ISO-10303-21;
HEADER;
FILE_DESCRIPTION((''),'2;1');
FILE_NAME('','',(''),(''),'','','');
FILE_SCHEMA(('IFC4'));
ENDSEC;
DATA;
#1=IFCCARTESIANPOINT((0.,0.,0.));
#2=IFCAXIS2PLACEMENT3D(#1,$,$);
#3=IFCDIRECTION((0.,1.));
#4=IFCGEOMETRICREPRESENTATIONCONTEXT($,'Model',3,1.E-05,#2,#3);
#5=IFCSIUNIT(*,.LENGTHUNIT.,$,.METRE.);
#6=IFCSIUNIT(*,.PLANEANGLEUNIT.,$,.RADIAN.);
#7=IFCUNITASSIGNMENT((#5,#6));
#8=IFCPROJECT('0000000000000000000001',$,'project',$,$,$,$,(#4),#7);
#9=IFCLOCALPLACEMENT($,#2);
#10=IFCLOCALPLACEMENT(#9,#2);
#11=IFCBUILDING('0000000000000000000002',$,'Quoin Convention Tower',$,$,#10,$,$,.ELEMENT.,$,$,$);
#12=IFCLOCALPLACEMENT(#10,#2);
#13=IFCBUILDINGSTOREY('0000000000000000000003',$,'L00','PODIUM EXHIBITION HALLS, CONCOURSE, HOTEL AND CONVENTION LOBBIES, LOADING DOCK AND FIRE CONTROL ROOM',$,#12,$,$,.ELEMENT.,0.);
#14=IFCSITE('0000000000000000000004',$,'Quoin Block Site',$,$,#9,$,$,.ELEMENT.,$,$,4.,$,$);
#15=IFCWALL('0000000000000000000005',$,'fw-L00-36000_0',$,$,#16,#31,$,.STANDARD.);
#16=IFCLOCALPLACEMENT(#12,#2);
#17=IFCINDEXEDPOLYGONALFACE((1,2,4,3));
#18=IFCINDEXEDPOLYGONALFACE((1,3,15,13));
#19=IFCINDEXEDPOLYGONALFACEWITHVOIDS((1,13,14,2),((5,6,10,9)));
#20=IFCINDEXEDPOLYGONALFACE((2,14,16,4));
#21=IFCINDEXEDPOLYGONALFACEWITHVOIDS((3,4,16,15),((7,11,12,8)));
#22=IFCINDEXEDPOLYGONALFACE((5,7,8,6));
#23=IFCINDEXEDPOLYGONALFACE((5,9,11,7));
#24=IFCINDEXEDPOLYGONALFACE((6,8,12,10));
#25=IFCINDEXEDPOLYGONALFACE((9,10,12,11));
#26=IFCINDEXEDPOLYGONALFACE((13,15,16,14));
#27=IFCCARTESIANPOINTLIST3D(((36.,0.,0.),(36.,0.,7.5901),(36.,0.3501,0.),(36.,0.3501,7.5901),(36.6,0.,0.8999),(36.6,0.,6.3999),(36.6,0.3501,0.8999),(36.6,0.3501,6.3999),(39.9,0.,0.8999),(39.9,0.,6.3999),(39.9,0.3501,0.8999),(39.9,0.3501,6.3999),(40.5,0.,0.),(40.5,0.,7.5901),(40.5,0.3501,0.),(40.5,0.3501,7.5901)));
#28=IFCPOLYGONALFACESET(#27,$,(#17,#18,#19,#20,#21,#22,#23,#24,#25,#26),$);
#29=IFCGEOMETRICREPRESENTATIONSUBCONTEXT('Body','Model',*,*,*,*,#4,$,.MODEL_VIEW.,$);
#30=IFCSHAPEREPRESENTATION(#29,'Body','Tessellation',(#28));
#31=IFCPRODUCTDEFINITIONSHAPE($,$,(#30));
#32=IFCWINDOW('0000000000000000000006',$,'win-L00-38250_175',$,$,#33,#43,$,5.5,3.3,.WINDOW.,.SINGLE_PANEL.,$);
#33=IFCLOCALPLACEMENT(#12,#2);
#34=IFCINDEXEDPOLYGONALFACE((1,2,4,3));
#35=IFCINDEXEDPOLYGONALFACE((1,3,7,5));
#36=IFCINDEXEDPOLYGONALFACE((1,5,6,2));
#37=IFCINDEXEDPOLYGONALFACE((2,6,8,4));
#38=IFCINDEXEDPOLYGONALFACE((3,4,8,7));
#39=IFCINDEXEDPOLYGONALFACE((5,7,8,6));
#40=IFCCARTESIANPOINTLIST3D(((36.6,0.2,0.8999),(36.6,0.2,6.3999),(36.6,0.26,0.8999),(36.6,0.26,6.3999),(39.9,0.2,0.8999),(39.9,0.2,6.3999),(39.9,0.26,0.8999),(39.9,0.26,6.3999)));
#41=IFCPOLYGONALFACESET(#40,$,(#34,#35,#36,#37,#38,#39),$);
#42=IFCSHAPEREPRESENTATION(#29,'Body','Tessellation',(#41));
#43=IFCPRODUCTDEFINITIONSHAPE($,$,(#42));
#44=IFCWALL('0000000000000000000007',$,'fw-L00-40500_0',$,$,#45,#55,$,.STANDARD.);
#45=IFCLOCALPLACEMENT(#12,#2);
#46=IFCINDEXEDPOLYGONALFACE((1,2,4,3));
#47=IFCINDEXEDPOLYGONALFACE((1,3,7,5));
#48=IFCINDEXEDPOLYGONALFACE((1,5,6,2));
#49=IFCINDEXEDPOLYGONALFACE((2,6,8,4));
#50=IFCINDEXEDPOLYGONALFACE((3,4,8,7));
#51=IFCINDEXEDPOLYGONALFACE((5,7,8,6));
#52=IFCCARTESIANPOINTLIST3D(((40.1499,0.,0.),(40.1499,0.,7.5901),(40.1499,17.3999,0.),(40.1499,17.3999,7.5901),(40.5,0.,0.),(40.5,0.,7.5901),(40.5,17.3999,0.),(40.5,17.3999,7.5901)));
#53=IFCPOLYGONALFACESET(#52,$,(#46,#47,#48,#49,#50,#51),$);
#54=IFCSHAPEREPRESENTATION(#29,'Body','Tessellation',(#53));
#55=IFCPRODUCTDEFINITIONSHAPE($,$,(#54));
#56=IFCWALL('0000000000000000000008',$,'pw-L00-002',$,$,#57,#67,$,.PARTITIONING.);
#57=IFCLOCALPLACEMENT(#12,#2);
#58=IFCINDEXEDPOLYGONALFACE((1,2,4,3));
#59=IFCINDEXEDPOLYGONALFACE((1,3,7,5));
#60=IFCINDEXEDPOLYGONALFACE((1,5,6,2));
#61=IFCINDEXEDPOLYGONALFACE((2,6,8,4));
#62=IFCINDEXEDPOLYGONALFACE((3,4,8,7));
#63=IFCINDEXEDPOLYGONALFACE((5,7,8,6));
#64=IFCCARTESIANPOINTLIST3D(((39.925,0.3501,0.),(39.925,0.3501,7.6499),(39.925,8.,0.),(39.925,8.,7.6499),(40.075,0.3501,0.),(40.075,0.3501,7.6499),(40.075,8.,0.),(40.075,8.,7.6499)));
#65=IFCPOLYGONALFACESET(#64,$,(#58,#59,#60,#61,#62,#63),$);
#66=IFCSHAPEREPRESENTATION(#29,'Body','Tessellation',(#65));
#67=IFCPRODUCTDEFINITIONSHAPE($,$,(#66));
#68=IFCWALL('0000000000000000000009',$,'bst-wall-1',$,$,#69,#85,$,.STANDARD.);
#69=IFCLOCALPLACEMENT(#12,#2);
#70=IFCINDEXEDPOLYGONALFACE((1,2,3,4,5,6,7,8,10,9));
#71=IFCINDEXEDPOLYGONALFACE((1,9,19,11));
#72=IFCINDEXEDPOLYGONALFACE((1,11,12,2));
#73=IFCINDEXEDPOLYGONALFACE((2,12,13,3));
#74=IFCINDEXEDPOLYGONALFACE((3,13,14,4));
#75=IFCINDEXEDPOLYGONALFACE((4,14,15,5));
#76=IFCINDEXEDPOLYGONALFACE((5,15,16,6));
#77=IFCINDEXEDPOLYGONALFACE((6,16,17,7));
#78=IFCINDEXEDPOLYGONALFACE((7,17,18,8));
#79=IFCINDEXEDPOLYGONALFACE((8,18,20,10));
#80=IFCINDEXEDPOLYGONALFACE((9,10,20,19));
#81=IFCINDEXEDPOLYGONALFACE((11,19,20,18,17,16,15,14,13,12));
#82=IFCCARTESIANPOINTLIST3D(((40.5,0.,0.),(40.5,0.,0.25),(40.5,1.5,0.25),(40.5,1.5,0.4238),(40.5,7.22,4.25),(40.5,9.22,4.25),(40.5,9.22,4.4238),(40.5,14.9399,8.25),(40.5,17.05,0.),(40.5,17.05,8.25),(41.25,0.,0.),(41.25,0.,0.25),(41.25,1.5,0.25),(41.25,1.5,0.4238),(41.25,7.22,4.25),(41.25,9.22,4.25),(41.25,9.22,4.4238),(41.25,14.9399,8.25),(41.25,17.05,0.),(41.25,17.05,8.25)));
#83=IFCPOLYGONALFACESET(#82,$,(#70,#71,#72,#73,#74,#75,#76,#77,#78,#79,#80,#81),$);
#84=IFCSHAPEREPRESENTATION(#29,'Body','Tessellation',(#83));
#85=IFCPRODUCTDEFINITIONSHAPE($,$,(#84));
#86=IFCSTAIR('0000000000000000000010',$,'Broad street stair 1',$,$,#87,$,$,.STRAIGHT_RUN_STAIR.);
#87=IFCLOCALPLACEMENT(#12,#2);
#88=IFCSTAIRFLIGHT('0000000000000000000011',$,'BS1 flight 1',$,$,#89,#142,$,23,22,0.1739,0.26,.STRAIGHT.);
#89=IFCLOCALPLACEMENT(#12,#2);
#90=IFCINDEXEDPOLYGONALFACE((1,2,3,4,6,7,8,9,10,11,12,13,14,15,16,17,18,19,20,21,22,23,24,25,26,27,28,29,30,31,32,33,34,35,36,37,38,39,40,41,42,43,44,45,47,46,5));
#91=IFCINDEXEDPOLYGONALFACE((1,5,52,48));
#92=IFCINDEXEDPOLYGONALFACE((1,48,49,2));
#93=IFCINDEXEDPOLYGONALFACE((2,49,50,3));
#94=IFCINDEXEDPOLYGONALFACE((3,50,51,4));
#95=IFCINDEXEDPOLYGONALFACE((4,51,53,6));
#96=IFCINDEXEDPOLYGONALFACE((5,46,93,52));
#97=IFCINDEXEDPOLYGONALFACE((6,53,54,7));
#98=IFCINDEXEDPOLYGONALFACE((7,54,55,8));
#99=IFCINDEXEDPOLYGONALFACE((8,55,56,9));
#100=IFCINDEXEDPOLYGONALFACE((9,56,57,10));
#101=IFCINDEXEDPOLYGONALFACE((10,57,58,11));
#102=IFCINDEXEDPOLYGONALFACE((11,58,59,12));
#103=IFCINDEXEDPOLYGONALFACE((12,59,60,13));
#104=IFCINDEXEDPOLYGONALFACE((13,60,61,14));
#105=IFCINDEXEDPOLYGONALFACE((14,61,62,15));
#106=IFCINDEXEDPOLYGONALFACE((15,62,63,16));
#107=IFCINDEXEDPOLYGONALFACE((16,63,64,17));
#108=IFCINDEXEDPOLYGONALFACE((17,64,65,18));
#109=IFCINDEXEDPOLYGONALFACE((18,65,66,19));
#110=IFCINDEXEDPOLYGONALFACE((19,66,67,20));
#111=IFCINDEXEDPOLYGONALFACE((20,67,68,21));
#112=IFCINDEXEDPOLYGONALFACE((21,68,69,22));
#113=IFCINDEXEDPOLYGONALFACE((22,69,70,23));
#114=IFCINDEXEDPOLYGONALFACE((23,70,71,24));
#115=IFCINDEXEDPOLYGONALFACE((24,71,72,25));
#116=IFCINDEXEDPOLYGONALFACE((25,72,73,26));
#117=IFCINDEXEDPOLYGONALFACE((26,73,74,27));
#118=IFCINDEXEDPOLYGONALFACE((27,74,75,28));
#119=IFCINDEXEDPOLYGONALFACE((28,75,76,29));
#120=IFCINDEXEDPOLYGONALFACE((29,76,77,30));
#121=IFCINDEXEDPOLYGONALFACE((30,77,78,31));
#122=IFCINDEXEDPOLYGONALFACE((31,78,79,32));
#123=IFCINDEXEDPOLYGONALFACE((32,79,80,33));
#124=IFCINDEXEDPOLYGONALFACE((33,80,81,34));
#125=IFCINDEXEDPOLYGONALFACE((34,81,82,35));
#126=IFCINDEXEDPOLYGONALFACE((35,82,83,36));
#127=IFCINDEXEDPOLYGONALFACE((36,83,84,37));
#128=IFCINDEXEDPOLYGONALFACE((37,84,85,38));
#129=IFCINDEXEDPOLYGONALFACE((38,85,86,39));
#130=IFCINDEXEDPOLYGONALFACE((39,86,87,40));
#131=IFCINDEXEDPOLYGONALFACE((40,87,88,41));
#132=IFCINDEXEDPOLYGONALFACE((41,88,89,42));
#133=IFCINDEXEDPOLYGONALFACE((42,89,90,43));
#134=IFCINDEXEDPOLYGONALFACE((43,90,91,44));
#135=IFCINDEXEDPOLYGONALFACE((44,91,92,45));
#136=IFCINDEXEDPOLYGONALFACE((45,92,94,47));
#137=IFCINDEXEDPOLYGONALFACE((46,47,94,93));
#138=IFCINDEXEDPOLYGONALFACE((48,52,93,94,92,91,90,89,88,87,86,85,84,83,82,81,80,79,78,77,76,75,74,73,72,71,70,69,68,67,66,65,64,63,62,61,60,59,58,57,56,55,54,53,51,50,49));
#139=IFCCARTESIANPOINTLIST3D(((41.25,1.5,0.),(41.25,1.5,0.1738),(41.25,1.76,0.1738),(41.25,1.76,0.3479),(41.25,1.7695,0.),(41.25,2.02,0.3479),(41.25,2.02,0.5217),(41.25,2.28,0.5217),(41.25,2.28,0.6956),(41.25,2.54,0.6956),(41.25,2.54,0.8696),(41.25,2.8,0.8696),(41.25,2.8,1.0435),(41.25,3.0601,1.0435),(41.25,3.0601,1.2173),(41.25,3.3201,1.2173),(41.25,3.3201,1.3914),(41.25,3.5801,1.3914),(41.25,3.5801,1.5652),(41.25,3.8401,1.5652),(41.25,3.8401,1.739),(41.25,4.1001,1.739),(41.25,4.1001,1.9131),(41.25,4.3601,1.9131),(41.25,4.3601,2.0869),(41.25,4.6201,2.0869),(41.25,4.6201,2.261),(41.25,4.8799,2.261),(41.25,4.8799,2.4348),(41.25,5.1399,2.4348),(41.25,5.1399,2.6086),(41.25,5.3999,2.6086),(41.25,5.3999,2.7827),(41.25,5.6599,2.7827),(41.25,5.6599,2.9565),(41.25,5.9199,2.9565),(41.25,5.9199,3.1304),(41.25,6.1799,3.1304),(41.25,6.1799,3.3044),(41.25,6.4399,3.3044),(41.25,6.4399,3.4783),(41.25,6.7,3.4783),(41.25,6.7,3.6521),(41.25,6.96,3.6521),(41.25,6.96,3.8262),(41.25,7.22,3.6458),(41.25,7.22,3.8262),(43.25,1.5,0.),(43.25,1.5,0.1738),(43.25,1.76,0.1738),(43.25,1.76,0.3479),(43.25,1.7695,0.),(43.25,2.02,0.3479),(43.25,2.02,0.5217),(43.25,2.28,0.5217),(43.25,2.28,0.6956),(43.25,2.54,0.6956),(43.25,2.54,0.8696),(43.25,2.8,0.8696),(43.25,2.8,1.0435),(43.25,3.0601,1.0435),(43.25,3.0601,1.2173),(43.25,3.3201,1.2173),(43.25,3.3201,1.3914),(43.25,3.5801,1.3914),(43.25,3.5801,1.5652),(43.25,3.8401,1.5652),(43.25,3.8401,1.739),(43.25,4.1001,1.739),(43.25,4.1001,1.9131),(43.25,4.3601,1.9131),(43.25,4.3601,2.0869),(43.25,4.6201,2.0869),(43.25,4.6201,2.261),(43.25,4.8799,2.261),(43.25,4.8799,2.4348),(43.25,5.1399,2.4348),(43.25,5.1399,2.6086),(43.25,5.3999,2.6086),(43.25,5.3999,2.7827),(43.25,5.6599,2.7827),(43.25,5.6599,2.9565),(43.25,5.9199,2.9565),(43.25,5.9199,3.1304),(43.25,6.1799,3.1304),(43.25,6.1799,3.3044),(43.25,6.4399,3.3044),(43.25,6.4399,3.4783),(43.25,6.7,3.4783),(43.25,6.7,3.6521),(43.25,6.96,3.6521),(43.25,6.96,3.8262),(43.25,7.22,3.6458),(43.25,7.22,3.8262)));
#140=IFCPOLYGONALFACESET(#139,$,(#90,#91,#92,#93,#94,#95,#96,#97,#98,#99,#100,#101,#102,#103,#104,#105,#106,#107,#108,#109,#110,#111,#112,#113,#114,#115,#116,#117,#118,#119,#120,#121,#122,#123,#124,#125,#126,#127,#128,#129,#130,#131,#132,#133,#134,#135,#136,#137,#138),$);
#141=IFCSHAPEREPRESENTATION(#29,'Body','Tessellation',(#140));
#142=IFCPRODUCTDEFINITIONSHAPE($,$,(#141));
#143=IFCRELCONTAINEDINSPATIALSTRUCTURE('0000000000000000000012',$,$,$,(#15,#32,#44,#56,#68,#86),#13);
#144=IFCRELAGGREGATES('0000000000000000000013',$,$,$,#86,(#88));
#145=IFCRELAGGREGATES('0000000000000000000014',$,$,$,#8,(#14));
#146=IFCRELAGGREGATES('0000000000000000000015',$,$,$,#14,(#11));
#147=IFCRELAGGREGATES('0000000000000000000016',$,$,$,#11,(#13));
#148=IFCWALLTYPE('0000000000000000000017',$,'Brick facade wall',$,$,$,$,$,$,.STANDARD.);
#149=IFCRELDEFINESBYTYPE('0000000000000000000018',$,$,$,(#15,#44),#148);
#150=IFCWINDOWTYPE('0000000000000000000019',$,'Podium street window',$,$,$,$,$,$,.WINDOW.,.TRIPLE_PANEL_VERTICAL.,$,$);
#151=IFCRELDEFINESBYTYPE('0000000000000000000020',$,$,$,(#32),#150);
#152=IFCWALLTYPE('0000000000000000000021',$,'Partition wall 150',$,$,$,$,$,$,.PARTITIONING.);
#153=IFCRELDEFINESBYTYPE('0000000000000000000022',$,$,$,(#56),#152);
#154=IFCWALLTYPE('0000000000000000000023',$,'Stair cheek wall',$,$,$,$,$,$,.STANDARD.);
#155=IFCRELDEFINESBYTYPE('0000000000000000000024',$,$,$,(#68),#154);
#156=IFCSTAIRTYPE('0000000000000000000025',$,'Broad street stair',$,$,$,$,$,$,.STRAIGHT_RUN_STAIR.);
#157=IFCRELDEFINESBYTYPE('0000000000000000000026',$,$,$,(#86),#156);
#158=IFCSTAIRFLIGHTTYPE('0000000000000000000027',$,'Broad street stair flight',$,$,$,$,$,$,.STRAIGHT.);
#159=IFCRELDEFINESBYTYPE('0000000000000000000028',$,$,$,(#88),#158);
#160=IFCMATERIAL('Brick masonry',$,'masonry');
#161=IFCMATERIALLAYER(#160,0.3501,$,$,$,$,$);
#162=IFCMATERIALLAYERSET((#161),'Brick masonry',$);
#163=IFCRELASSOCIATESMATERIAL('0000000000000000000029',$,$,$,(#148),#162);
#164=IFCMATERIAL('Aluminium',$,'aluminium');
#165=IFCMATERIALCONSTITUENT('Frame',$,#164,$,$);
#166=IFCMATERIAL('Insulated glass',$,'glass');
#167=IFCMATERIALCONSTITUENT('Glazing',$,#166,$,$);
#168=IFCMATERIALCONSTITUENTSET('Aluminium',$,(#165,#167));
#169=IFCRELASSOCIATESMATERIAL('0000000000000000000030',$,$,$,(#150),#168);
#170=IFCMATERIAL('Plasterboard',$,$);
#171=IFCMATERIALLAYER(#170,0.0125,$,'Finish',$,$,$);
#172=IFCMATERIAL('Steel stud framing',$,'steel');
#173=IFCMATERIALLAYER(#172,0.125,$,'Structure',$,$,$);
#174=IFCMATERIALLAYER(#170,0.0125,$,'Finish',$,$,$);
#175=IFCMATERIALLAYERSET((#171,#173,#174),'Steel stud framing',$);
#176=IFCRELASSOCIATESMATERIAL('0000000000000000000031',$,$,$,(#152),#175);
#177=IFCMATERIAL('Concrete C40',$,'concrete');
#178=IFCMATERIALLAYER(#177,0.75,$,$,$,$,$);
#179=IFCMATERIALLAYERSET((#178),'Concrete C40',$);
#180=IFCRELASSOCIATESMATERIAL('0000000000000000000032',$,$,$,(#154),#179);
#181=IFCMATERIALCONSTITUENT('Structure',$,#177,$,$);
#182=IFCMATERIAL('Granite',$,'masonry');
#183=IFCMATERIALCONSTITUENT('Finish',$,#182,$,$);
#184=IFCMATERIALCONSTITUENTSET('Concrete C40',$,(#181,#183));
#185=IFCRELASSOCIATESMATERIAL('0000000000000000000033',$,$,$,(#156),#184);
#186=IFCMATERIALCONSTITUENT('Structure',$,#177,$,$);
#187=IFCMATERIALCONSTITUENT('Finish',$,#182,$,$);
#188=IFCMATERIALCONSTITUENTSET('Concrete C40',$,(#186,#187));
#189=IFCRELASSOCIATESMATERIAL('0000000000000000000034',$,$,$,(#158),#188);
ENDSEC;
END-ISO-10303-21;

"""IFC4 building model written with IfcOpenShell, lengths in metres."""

from ifc_helpers import new_model, si_unit, direction, frame, frame_2d, origin, place, context, subcontext, project, spatial, polyline, rectangle, outline, extrude, material, layer, layer_set, constituent, constituent_set, type_object, element, fill, aggregate, save


model = new_model("IFC4")

# Units and contexts
model_context = context("Model", 3, precision=1e-05, world=origin(), true_north=direction((0.0, 1.0)))
body_context = subcontext(model_context, "Body", "Model", "MODEL_VIEW")
ifc_project = project(units=[si_unit("LENGTHUNIT", "METRE"), si_unit("PLANEANGLEUNIT", "RADIAN")], contexts=[model_context])

# Site, building, storey
site_placement = place(None, origin())
site = spatial("IfcSite", under=ifc_project, at=site_placement, Name="Quoin Block Site", CompositionType="ELEMENT", RefElevation=4.0)
building_placement = place(site_placement, origin())
building = spatial("IfcBuilding", under=site, at=building_placement, Name="Quoin Convention Tower", CompositionType="ELEMENT")
storey_placement = place(building_placement, origin())
storey = spatial("IfcBuildingStorey", under=building, at=storey_placement, Name="L00", Description="PODIUM EXHIBITION HALLS, CONCOURSE, HOTEL AND CONVENTION LOBBIES, LOADING DOCK AND FIRE CONTROL ROOM", CompositionType="ELEMENT", Elevation=0.0)

# Shared definitions
ifc_material_1 = material(Name="Aluminium", Category="aluminium")
ifc_material_2 = material(Name="Insulated glass", Category="glass")

# Wall, opening, window
ifc_material_3 = material(Name="Brick masonry", Category="masonry")
ifc_layer_1 = layer(ifc_material_3, 0.3501)
ifc_layer_set_1 = layer_set([ifc_layer_1], Name="Brick masonry")
wall_type_1 = type_object("IfcWallType", Name="Brick facade wall", PredefinedType="STANDARD", material=ifc_layer_set_1)
wall_1_placement = place(storey_placement, frame((36.0, 0.175, 0.0), z_axis=(0.0, 0.0, 1.0), x_axis=(1.0, 0.0, 0.0)))
wall_1 = element("IfcWall", 1, at=wall_1_placement, inside=storey, type_object=wall_type_1, Name="fw-L00-36000_0", PredefinedType="STANDARD", context=body_context, shape_type="SweptSolid", body=[
    extrude(rectangle(XDim=4.5, YDim=0.3501, at=frame_2d((2.25, 0.0))), origin(), (0.0, 0.0, 1.0), 7.5901),
])
opening_placement = place(wall_1_placement, frame((0.6001, 0.0, 0.8999)))
opening = element("IfcOpeningElement", 2, at=opening_placement, cuts=wall_1, PredefinedType="OPENING", context=body_context, shape_type="SweptSolid", body=[
    extrude(rectangle(XDim=3.3, YDim=5.5, at=frame_2d((1.6499, 2.75))), frame((0.0, 0.1851, 0.0), z_axis=(0.0, -1.0, 0.0), x_axis=(1.0, 0.0, 0.0)), (0.0, 0.0, 1.0), 0.3701),
])
ifc_constituent_1 = constituent(ifc_material_1, Name="Frame")
ifc_constituent_2 = constituent(ifc_material_2, Name="Glazing")
ifc_constituent_set_1 = constituent_set(constituents=[ifc_constituent_1, ifc_constituent_2], Name="Aluminium")
window_type = type_object("IfcWindowType", Name="Podium street window", PartitioningType="TRIPLE_PANEL_VERTICAL", PredefinedType="WINDOW", material=ifc_constituent_set_1)
window_placement = place(opening_placement, origin())
window = element("IfcWindow", 3, at=window_placement, inside=storey, type_object=window_type, Name="win-L00-38250_175", OverallHeight=5.5, OverallWidth=3.3, PartitioningType="SINGLE_PANEL", PredefinedType="WINDOW", context=body_context, shape_type="SweptSolid", body=[
    extrude(rectangle(XDim=3.3, YDim=5.5, at=frame_2d((1.6499, 2.75))), frame((0.0, 0.085, 0.0), z_axis=(0.0, -1.0, 0.0), x_axis=(1.0, 0.0, 0.0)), (0.0, 0.0, 1.0), 0.0601),
])
fill(opening, window)

# Walls
wall_2_placement = place(storey_placement, frame((40.325, 0.0, 0.0), z_axis=(0.0, 0.0, 1.0), x_axis=(0.0, 1.0, 0.0)))
element("IfcWall", 4, at=wall_2_placement, inside=storey, type_object=wall_type_1, Name="fw-L00-40500_0", PredefinedType="STANDARD", context=body_context, shape_type="SweptSolid", body=[
    extrude(rectangle(XDim=17.3999, YDim=0.3501, at=frame_2d((8.7, 0.0))), origin(), (0.0, 0.0, 1.0), 7.5901),
])
ifc_material_4 = material(Name="Plasterboard")
ifc_layer_2 = layer(ifc_material_4, 0.0125, Name="Finish")
ifc_material_5 = material(Name="Steel stud framing", Category="steel")
ifc_layer_3 = layer(ifc_material_5, 0.125, Name="Structure")
ifc_layer_4 = layer(ifc_material_4, 0.0125, Name="Finish")
ifc_layer_set_2 = layer_set([ifc_layer_2, ifc_layer_3, ifc_layer_4], Name="Steel stud framing")
wall_type_2 = type_object("IfcWallType", Name="Partition wall 150", PredefinedType="PARTITIONING", material=ifc_layer_set_2)
wall_3_placement = place(storey_placement, frame((40.0, 0.3501, 0.0), z_axis=(0.0, 0.0, 1.0), x_axis=(0.0, 1.0, 0.0)))
element("IfcWall", 5, at=wall_3_placement, inside=storey, type_object=wall_type_2, Name="pw-L00-002", PredefinedType="PARTITIONING", context=body_context, shape_type="SweptSolid", body=[
    extrude(rectangle(XDim=7.6499, YDim=0.1499, at=frame_2d((3.825, 0.0))), origin(), (0.0, 0.0, 1.0), 7.6499),
])
ifc_material_6 = material(Name="Concrete C40", Category="concrete")
ifc_layer_5 = layer(ifc_material_6, 0.75)
ifc_layer_set_3 = layer_set([ifc_layer_5], Name="Concrete C40")
wall_type_3 = type_object("IfcWallType", Name="Stair cheek wall", PredefinedType="STANDARD", material=ifc_layer_set_3)
wall_4_placement = place(storey_placement, frame((40.875, 0.0, 0.0), z_axis=(0.0, 0.0, 1.0), x_axis=(0.0, 1.0, 0.0)))
element("IfcWall", 6, at=wall_4_placement, inside=storey, type_object=wall_type_3, Name="bst-wall-1", PredefinedType="STANDARD", context=body_context, shape_type="SweptSolid", body=[
    extrude(outline(polyline([(0.0, 0.0), (17.05, 0.0), (17.05, 8.25), (14.9399, 8.25), (9.22, 4.4238), (9.22, 4.25), (7.22, 4.25), (1.5, 0.4238), (1.5, 0.25), (0.0, 0.25), (0.0, 0.0)])), frame((0.0, 0.375, 0.0), z_axis=(0.0, -1.0, 0.0), x_axis=(1.0, 0.0, 0.0)), (0.0, 0.0, 1.0), 0.75),
])

# Stair, stair flight
ifc_constituent_3 = constituent(ifc_material_6, Name="Structure")
ifc_material_7 = material(Name="Granite", Category="masonry")
ifc_constituent_4 = constituent(ifc_material_7, Name="Finish")
ifc_constituent_set_2 = constituent_set(constituents=[ifc_constituent_3, ifc_constituent_4], Name="Concrete C40")
stair_type = type_object("IfcStairType", Name="Broad street stair", PredefinedType="STRAIGHT_RUN_STAIR", material=ifc_constituent_set_2)
stair_1_placement = place(storey_placement, origin())
stair_1 = element("IfcStair", 7, at=stair_1_placement, inside=storey, type_object=stair_type, Name="Broad street stair 1", PredefinedType="STRAIGHT_RUN_STAIR")
ifc_constituent_5 = constituent(ifc_material_6, Name="Structure")
ifc_constituent_6 = constituent(ifc_material_7, Name="Finish")
ifc_constituent_set_3 = constituent_set(constituents=[ifc_constituent_5, ifc_constituent_6], Name="Concrete C40")
stair_flight_type = type_object("IfcStairFlightType", Name="Broad street stair flight", PredefinedType="STRAIGHT", material=ifc_constituent_set_3)
stair_flight_1_placement = place(storey_placement, frame((42.25, 1.5, 0.0), z_axis=(0.0, 0.0, 1.0), x_axis=(0.0, 1.0, 0.0)))
stair_flight_1 = element("IfcStairFlight", 8, at=stair_flight_1_placement, type_object=stair_flight_type, Name="BS1 flight 1", NumberOfRisers=23, NumberOfTreads=22, PredefinedType="STRAIGHT", RiserHeight=0.1739, TreadLength=0.26, context=body_context, shape_type="SweptSolid", body=[
    extrude(outline(polyline([(0.0, 0.0), (0.0, 0.1738), (0.26, 0.1738), (0.26, 0.3479), (0.52, 0.3479), (0.52, 0.5217), (0.78, 0.5217), (0.78, 0.6956), (1.04, 0.6956), (1.04, 0.8696), (1.3, 0.8696), (1.3, 1.0435), (1.5601, 1.0435), (1.5601, 1.2173), (1.8201, 1.2173), (1.8201, 1.3914), (2.0801, 1.3914), (2.0801, 1.5652), (2.3401, 1.5652), (2.3401, 1.739), (2.6001, 1.739), (2.6001, 1.9131), (2.8601, 1.9131), (2.8601, 2.0869), (3.1201, 2.0869), (3.1201, 2.261), (3.3799, 2.261), (3.3799, 2.4348), (3.6399, 2.4348), (3.6399, 2.6086), (3.8999, 2.6086), (3.8999, 2.7827), (4.1599, 2.7827), (4.1599, 2.9565), (4.4199, 2.9565), (4.4199, 3.1304), (4.6799, 3.1304), (4.6799, 3.3044), (4.9399, 3.3044), (4.9399, 3.4783), (5.2, 3.4783), (5.2, 3.6521), (5.46, 3.6521), (5.46, 3.8262), (5.72, 3.8262), (5.72, 4.0), (5.72, 3.6458), (0.2695, 0.0), (0.0, 0.0)])), frame((0.0, 1.0, 0.0), z_axis=(0.0, -1.0, 0.0), x_axis=(1.0, 0.0, 0.0)), (0.0, 0.0, 1.0), 2.0),
])
aggregate(stair_1, [stair_flight_1])

save(model, "model.ifc")
